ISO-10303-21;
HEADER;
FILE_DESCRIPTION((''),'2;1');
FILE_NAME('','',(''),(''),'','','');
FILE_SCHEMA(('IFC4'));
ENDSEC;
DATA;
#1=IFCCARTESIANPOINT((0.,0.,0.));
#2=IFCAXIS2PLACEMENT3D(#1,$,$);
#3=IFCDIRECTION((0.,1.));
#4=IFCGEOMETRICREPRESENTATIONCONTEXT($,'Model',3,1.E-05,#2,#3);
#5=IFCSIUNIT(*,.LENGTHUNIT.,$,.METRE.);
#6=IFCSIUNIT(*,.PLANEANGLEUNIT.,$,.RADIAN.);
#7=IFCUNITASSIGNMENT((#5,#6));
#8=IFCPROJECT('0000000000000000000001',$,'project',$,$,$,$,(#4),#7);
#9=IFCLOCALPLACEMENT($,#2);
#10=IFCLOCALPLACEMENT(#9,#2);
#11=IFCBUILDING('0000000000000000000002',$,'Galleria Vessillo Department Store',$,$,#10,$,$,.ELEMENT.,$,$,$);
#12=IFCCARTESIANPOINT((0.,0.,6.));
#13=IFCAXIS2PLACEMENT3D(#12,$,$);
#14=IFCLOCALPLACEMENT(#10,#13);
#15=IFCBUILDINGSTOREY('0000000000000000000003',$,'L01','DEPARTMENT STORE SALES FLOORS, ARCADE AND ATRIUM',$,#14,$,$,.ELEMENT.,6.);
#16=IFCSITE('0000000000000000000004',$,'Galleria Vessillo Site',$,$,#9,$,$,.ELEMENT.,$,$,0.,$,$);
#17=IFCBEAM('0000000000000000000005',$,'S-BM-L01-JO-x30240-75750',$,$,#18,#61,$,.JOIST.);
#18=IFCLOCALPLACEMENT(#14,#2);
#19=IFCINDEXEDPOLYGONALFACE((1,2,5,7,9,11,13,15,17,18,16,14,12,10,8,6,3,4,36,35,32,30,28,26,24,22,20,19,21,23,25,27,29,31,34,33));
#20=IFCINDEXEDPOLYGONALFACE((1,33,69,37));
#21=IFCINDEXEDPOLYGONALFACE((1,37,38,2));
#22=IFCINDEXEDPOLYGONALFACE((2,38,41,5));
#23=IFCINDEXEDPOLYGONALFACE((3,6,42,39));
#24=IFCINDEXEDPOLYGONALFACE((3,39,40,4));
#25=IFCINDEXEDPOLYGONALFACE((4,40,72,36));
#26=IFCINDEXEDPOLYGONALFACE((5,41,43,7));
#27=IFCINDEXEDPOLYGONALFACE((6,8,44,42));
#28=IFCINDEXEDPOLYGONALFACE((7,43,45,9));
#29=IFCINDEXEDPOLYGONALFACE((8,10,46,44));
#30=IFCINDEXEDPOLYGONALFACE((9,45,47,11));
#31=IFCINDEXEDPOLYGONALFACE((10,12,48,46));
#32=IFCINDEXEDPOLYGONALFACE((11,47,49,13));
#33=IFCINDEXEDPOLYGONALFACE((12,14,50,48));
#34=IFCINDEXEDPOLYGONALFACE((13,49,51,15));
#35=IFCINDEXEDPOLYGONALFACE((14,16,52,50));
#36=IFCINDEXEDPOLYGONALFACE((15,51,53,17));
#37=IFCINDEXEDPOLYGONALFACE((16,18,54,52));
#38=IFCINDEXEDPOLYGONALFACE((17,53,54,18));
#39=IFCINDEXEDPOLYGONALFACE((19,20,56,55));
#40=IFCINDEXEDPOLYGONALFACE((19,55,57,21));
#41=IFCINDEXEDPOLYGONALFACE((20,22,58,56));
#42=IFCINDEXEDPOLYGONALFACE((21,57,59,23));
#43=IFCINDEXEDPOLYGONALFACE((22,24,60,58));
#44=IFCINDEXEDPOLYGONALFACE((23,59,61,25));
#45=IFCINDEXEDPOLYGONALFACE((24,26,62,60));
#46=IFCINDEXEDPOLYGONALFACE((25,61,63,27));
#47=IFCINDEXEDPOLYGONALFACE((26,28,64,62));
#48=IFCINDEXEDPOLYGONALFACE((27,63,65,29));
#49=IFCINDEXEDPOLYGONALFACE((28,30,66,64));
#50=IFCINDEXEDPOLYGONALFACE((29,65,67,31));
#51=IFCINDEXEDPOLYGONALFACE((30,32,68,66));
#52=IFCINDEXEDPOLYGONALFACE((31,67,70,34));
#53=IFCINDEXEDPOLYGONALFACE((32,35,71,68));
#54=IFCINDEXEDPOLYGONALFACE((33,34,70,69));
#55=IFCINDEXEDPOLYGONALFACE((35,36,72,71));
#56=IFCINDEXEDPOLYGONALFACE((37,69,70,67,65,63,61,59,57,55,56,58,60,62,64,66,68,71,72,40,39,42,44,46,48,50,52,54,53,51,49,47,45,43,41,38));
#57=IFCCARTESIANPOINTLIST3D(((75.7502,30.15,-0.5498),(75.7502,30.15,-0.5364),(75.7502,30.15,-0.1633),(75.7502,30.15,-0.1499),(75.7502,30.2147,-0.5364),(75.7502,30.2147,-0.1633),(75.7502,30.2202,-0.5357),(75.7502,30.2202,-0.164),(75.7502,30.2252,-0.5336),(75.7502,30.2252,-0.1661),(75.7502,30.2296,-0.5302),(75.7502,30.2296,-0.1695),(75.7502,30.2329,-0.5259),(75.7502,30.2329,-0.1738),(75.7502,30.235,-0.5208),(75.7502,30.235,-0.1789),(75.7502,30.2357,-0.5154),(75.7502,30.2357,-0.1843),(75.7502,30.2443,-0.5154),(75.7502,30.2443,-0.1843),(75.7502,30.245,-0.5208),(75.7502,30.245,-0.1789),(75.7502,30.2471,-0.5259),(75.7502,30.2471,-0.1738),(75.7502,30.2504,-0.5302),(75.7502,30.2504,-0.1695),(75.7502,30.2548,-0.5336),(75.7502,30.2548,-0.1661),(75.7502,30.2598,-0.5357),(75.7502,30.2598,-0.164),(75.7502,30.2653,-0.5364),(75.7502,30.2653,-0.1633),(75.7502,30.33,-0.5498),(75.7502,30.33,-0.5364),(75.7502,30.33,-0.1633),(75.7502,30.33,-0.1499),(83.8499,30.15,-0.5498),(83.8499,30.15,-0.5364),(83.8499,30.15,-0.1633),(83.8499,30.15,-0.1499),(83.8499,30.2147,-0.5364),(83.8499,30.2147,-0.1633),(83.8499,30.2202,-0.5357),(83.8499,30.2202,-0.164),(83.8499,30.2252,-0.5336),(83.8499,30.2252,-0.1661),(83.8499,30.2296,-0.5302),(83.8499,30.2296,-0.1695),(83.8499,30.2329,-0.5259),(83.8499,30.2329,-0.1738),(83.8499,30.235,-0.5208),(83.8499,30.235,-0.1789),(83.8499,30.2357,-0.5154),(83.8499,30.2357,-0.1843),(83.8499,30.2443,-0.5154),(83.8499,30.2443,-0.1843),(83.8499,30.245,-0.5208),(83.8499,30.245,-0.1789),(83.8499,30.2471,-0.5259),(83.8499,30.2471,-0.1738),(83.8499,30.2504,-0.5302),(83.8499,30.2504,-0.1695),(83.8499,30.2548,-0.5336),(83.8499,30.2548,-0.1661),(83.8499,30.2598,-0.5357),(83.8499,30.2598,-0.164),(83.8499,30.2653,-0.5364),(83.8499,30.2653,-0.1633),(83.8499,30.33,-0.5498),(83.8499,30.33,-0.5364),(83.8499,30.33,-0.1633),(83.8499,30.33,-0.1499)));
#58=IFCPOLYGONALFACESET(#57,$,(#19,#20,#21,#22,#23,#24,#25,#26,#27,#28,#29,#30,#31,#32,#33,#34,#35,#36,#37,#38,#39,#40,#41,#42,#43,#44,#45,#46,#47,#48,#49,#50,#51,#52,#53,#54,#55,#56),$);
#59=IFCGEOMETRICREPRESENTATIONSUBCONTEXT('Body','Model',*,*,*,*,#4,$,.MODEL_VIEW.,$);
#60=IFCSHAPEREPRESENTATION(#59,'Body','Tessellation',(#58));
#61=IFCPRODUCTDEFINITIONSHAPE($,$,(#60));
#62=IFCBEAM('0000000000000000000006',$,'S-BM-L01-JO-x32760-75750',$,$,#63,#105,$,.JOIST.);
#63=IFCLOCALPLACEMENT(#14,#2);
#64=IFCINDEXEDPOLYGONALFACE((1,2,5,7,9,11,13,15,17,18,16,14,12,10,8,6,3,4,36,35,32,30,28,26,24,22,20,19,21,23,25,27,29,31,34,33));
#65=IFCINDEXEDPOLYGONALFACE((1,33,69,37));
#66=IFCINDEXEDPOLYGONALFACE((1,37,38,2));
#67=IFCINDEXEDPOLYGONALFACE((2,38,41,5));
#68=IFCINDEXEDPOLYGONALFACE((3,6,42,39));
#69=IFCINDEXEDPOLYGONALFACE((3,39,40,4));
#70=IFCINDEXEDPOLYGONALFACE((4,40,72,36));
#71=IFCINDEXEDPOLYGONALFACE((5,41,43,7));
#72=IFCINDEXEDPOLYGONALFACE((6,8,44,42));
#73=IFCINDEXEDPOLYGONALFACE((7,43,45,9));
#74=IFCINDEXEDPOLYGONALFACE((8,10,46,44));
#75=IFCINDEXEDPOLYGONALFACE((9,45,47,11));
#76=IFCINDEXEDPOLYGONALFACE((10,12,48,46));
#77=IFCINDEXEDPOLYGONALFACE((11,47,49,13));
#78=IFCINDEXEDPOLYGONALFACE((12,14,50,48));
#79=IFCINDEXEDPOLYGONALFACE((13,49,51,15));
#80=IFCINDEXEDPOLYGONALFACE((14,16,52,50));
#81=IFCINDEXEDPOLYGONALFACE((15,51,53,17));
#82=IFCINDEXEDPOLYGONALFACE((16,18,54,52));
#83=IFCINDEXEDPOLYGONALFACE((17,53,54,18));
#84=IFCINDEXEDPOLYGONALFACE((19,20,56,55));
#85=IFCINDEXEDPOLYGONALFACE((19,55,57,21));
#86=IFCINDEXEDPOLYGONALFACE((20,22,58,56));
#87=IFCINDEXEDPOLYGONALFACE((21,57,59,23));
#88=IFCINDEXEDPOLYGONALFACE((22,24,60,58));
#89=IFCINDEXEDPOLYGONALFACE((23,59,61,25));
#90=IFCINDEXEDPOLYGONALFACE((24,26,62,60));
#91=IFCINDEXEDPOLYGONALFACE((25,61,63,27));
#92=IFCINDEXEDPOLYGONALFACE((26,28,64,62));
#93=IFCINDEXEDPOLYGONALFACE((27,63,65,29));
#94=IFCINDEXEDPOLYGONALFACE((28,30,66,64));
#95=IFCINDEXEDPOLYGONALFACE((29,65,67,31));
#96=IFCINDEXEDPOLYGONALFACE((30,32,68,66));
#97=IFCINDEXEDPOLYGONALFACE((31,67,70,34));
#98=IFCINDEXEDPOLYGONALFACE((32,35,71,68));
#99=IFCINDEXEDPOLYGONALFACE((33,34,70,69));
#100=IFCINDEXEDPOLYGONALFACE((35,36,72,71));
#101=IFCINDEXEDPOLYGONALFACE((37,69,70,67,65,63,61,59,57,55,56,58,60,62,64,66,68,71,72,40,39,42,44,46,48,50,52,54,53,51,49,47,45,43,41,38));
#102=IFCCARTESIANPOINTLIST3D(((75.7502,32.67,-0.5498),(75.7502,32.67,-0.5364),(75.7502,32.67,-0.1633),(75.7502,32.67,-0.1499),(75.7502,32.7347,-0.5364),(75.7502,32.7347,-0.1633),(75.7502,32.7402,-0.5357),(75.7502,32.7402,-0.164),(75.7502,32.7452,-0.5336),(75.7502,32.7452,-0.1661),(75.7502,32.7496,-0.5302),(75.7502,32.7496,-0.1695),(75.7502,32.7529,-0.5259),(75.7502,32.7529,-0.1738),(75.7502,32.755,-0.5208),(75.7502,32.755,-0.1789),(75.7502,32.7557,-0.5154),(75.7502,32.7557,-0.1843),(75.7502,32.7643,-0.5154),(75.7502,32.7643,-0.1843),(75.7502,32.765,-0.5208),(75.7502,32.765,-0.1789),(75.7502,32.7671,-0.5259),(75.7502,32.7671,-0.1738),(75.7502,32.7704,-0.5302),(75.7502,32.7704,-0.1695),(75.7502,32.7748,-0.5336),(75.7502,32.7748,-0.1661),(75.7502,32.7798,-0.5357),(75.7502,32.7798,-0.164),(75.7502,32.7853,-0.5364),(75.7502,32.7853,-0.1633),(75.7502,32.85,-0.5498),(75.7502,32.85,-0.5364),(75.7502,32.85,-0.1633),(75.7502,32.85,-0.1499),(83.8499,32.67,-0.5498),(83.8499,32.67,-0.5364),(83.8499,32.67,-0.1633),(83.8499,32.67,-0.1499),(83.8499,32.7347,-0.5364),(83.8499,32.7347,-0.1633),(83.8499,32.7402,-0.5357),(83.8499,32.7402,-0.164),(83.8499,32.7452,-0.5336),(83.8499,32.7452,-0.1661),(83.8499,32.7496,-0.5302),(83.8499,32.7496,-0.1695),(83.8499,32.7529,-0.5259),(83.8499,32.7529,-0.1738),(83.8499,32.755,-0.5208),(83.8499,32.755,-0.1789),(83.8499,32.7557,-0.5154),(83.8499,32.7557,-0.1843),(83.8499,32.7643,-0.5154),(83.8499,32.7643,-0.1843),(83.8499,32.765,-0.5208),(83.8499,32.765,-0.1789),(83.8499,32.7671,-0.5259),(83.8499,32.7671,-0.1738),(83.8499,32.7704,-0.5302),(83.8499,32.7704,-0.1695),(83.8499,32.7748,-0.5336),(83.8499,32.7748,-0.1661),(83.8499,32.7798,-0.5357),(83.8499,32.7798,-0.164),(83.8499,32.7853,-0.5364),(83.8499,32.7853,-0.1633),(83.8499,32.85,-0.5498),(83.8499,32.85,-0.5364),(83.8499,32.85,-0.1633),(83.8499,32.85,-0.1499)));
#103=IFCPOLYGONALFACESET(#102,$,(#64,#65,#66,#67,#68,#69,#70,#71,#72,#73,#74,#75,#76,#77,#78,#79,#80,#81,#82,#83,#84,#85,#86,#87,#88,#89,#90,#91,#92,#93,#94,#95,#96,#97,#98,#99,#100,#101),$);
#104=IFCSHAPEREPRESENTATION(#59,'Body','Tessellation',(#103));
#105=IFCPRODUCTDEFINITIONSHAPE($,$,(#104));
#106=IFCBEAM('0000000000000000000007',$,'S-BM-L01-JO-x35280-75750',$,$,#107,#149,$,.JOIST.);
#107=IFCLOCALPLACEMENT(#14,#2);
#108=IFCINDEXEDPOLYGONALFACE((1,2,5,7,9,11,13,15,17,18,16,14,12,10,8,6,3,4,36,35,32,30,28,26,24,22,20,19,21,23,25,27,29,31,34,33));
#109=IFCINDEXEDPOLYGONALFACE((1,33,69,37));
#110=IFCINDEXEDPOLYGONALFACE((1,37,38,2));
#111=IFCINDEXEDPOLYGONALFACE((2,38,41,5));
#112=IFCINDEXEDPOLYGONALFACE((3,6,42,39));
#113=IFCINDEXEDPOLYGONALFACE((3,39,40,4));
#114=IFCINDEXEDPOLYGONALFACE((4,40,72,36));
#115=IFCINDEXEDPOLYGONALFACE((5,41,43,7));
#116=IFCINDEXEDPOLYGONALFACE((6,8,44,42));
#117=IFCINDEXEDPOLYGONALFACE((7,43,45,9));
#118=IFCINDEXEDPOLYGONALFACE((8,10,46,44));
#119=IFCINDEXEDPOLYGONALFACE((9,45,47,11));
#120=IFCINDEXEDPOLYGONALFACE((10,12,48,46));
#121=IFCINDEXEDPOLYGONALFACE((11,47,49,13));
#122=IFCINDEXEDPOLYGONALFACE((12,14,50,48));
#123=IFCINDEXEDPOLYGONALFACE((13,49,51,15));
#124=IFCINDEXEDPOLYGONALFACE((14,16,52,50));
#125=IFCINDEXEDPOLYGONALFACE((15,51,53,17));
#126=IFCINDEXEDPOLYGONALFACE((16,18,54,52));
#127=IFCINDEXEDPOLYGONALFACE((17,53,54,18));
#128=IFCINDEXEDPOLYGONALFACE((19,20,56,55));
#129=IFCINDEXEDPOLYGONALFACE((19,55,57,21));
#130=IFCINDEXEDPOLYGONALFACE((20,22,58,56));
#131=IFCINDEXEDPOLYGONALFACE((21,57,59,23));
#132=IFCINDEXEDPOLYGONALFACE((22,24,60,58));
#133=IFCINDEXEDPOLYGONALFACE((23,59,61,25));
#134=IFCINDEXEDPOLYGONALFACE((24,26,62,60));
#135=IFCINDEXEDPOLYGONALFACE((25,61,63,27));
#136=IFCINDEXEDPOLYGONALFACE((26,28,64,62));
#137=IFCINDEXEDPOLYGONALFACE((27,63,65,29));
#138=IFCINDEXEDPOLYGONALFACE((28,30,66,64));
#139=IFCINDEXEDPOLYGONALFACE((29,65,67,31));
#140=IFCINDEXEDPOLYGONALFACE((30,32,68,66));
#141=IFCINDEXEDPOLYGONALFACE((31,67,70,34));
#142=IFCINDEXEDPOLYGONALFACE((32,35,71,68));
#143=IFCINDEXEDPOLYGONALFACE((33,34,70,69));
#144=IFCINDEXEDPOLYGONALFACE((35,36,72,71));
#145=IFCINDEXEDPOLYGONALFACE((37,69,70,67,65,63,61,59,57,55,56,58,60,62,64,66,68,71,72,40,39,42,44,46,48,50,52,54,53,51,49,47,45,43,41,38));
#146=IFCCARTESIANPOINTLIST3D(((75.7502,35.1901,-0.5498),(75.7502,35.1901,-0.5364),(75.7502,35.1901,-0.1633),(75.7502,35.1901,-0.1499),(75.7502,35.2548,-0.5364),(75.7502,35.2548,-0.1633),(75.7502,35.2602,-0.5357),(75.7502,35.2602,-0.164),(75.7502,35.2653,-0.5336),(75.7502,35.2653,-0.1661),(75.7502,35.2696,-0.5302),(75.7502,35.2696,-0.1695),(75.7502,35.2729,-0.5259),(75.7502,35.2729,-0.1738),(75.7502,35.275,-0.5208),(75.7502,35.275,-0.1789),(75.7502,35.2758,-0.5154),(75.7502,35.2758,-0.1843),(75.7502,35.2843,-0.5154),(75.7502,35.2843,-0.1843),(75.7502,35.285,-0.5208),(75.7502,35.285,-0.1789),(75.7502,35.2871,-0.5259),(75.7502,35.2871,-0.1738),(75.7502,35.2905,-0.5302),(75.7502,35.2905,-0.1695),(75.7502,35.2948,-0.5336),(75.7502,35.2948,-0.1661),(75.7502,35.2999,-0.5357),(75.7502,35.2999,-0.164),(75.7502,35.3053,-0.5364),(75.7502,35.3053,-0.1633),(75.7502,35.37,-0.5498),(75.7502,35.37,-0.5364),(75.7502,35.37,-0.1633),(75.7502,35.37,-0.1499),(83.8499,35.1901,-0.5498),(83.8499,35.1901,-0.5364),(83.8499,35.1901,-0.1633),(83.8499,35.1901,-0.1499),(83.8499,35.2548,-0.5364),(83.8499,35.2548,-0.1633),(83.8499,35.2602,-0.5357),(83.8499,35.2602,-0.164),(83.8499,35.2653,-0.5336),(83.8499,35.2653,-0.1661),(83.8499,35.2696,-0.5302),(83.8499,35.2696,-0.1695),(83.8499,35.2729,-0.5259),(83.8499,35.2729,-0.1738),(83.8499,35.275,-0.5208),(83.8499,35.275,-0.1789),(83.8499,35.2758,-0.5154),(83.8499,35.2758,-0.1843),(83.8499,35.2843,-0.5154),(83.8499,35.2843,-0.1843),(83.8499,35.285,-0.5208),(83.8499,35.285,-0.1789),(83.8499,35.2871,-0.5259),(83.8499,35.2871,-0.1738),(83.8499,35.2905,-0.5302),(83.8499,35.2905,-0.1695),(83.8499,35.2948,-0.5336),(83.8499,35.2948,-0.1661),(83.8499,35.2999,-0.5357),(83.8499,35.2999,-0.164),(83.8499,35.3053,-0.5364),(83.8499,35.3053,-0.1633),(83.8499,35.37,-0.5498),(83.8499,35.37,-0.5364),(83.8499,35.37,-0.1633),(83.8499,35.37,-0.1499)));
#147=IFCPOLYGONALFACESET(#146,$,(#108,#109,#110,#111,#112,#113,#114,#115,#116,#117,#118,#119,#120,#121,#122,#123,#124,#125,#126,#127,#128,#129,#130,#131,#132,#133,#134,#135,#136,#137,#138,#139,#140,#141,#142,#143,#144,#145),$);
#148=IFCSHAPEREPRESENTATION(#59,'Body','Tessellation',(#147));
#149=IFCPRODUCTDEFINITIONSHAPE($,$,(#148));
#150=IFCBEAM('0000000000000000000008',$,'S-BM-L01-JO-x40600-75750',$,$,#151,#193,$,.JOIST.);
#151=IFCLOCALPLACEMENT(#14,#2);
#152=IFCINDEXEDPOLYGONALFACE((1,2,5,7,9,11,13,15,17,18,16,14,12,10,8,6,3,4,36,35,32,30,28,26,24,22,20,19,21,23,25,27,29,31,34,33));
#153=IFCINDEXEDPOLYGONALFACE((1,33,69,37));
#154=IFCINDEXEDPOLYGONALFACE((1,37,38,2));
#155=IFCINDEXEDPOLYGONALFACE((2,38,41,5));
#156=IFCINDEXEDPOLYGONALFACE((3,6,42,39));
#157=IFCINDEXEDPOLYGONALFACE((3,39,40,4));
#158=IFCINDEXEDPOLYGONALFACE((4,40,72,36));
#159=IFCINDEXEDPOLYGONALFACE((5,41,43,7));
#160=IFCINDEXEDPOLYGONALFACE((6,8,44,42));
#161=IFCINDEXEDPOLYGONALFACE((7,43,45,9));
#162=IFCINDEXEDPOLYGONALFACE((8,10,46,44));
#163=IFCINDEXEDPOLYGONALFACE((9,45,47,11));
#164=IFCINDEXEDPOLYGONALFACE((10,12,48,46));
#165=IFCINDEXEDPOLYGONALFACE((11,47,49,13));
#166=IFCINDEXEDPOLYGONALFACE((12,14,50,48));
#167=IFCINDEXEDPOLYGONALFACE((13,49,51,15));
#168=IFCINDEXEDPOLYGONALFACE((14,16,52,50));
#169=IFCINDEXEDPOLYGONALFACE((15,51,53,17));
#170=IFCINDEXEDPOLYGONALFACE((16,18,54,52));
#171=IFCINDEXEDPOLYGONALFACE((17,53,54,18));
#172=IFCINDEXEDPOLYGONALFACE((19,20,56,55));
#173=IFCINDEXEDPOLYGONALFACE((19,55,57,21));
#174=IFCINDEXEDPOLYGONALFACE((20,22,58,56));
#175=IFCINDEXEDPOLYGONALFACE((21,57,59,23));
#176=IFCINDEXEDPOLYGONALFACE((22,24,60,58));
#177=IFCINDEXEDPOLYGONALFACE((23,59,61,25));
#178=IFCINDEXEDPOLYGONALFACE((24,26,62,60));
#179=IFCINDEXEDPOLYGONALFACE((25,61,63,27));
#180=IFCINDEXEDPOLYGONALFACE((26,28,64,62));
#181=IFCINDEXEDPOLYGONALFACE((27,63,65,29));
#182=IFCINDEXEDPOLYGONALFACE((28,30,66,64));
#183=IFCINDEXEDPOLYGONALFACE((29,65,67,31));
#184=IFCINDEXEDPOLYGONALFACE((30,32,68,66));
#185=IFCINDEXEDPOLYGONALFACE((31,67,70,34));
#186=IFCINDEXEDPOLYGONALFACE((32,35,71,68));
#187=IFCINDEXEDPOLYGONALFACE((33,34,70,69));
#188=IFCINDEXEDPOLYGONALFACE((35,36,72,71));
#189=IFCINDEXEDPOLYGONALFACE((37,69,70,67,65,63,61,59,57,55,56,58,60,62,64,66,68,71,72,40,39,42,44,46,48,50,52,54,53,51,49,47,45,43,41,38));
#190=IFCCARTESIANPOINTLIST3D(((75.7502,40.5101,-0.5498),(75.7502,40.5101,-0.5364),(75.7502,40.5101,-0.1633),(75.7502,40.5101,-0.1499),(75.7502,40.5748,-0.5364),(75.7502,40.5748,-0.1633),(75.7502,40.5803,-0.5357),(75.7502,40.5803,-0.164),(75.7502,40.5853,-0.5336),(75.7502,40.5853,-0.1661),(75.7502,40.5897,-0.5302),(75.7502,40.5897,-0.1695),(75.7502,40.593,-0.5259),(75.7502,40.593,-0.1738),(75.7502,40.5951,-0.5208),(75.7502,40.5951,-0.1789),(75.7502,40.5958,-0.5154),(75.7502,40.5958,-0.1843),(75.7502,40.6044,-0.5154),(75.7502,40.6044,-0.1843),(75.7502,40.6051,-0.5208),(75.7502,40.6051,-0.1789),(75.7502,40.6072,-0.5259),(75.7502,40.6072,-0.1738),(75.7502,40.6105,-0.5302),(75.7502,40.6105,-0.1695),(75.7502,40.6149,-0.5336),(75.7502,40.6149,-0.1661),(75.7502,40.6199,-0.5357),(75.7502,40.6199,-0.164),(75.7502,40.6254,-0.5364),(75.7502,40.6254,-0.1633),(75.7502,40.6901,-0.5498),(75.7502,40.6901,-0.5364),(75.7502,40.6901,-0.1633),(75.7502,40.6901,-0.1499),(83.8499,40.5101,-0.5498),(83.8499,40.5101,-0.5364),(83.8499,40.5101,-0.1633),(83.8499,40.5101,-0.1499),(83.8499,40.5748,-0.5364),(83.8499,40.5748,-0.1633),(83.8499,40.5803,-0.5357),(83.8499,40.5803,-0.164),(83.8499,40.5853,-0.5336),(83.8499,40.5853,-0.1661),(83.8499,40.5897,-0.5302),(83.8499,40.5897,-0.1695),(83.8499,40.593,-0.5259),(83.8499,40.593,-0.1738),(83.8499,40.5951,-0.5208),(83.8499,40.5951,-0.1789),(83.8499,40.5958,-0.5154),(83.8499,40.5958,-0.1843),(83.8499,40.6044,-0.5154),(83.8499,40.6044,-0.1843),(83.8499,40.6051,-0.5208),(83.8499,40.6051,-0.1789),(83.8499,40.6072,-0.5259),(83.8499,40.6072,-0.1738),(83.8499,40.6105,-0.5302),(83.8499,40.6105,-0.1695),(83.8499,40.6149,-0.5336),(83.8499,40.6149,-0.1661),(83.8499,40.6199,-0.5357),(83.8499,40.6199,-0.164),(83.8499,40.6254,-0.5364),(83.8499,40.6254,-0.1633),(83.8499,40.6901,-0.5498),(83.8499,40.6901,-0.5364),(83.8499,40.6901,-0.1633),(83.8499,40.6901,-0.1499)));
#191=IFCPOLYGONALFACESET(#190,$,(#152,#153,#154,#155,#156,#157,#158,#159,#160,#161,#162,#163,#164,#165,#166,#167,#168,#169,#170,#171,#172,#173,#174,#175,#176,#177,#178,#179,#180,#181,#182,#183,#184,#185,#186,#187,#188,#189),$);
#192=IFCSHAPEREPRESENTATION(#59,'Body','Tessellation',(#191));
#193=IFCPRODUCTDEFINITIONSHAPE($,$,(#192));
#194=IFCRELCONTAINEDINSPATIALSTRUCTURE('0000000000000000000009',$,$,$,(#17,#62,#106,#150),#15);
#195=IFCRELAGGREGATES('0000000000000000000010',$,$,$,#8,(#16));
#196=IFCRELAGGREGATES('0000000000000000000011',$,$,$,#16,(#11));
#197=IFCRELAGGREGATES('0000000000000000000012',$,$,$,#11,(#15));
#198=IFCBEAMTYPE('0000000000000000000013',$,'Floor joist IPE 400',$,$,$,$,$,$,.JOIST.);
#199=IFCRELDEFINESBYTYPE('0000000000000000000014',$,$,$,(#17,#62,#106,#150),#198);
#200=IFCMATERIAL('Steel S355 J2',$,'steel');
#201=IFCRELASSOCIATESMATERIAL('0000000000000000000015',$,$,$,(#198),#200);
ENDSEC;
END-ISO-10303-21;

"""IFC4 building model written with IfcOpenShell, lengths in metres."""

from ifc_helpers import new_model, si_unit, direction, frame, origin, origin_2d, place, context, subcontext, project, spatial, i_section, extrude, material, material_profile, profile_set, type_object, element, save


model = new_model("IFC4")

# Units and contexts
model_context = context("Model", 3, precision=1e-05, world=origin(), true_north=direction((0.0, 1.0)))
body_context = subcontext(model_context, "Body", "Model", "MODEL_VIEW")
ifc_project = project(units=[si_unit("LENGTHUNIT", "METRE"), si_unit("PLANEANGLEUNIT", "RADIAN")], contexts=[model_context])

# Site, building, storey
site_placement = place(None, origin())
site = spatial("IfcSite", under=ifc_project, at=site_placement, Name="Galleria Vessillo Site", CompositionType="ELEMENT", RefElevation=0.0)
building_placement = place(site_placement, origin())
building = spatial("IfcBuilding", under=site, at=building_placement, Name="Galleria Vessillo Department Store", CompositionType="ELEMENT")
storey_placement = place(building_placement, frame((0.0, 0.0, 6.0)))
storey = spatial("IfcBuildingStorey", under=building, at=storey_placement, Name="L01", Description="DEPARTMENT STORE SALES FLOORS, ARCADE AND ATRIUM", CompositionType="ELEMENT", Elevation=6.0)

# Beams
ifc_material_1 = material(Name="Steel S355 J2", Category="steel")
ifc_material_profile_1 = material_profile(ifc_material_1, i_section(OverallWidth=0.1799, OverallDepth=0.3999, WebThickness=0.0085, FlangeThickness=0.0134, FilletRadius=0.021, at=origin_2d()), Name="IPE 400")
ifc_profile_set_1 = profile_set([ifc_material_profile_1], Name="Steel S355 J2")
beam_type_1 = type_object("IfcBeamType", Name="Floor joist IPE 400", PredefinedType="JOIST", material=ifc_profile_set_1)
for number, where, z_axis, x_axis, name in (
    (1, (75.7502, 30.24, -0.3499), (1.0, 0.0, 0.0), (0.0, 1.0, 0.0), "S-BM-L01-JO-x30240-75750"),
    (2, (75.7502, 32.76, -0.3499), (1.0, 0.0, 0.0), (0.0, 1.0, 0.0), "S-BM-L01-JO-x32760-75750"),
    (3, (75.7502, 35.28, -0.3499), (1.0, 0.0, 0.0), (0.0, 1.0, 0.0), "S-BM-L01-JO-x35280-75750"),
    (4, (75.7502, 40.6001, -0.3499), (1.0, 0.0, 0.0), (0.0, 1.0, 0.0), "S-BM-L01-JO-x40600-75750"),
):
    element("IfcBeam", number, at=place(storey_placement, frame(where, z_axis=z_axis, x_axis=x_axis)), inside=storey, type_object=beam_type_1, Name=name, PredefinedType="JOIST", context=body_context, shape_type="SweptSolid", body=[
        extrude(i_section(OverallWidth=0.1799, OverallDepth=0.3999, WebThickness=0.0085, FlangeThickness=0.0134, FilletRadius=0.021, at=origin_2d()), origin(), (0.0, 0.0, 1.0), 8.0996),
    ])

save(model, "model.ifc")
